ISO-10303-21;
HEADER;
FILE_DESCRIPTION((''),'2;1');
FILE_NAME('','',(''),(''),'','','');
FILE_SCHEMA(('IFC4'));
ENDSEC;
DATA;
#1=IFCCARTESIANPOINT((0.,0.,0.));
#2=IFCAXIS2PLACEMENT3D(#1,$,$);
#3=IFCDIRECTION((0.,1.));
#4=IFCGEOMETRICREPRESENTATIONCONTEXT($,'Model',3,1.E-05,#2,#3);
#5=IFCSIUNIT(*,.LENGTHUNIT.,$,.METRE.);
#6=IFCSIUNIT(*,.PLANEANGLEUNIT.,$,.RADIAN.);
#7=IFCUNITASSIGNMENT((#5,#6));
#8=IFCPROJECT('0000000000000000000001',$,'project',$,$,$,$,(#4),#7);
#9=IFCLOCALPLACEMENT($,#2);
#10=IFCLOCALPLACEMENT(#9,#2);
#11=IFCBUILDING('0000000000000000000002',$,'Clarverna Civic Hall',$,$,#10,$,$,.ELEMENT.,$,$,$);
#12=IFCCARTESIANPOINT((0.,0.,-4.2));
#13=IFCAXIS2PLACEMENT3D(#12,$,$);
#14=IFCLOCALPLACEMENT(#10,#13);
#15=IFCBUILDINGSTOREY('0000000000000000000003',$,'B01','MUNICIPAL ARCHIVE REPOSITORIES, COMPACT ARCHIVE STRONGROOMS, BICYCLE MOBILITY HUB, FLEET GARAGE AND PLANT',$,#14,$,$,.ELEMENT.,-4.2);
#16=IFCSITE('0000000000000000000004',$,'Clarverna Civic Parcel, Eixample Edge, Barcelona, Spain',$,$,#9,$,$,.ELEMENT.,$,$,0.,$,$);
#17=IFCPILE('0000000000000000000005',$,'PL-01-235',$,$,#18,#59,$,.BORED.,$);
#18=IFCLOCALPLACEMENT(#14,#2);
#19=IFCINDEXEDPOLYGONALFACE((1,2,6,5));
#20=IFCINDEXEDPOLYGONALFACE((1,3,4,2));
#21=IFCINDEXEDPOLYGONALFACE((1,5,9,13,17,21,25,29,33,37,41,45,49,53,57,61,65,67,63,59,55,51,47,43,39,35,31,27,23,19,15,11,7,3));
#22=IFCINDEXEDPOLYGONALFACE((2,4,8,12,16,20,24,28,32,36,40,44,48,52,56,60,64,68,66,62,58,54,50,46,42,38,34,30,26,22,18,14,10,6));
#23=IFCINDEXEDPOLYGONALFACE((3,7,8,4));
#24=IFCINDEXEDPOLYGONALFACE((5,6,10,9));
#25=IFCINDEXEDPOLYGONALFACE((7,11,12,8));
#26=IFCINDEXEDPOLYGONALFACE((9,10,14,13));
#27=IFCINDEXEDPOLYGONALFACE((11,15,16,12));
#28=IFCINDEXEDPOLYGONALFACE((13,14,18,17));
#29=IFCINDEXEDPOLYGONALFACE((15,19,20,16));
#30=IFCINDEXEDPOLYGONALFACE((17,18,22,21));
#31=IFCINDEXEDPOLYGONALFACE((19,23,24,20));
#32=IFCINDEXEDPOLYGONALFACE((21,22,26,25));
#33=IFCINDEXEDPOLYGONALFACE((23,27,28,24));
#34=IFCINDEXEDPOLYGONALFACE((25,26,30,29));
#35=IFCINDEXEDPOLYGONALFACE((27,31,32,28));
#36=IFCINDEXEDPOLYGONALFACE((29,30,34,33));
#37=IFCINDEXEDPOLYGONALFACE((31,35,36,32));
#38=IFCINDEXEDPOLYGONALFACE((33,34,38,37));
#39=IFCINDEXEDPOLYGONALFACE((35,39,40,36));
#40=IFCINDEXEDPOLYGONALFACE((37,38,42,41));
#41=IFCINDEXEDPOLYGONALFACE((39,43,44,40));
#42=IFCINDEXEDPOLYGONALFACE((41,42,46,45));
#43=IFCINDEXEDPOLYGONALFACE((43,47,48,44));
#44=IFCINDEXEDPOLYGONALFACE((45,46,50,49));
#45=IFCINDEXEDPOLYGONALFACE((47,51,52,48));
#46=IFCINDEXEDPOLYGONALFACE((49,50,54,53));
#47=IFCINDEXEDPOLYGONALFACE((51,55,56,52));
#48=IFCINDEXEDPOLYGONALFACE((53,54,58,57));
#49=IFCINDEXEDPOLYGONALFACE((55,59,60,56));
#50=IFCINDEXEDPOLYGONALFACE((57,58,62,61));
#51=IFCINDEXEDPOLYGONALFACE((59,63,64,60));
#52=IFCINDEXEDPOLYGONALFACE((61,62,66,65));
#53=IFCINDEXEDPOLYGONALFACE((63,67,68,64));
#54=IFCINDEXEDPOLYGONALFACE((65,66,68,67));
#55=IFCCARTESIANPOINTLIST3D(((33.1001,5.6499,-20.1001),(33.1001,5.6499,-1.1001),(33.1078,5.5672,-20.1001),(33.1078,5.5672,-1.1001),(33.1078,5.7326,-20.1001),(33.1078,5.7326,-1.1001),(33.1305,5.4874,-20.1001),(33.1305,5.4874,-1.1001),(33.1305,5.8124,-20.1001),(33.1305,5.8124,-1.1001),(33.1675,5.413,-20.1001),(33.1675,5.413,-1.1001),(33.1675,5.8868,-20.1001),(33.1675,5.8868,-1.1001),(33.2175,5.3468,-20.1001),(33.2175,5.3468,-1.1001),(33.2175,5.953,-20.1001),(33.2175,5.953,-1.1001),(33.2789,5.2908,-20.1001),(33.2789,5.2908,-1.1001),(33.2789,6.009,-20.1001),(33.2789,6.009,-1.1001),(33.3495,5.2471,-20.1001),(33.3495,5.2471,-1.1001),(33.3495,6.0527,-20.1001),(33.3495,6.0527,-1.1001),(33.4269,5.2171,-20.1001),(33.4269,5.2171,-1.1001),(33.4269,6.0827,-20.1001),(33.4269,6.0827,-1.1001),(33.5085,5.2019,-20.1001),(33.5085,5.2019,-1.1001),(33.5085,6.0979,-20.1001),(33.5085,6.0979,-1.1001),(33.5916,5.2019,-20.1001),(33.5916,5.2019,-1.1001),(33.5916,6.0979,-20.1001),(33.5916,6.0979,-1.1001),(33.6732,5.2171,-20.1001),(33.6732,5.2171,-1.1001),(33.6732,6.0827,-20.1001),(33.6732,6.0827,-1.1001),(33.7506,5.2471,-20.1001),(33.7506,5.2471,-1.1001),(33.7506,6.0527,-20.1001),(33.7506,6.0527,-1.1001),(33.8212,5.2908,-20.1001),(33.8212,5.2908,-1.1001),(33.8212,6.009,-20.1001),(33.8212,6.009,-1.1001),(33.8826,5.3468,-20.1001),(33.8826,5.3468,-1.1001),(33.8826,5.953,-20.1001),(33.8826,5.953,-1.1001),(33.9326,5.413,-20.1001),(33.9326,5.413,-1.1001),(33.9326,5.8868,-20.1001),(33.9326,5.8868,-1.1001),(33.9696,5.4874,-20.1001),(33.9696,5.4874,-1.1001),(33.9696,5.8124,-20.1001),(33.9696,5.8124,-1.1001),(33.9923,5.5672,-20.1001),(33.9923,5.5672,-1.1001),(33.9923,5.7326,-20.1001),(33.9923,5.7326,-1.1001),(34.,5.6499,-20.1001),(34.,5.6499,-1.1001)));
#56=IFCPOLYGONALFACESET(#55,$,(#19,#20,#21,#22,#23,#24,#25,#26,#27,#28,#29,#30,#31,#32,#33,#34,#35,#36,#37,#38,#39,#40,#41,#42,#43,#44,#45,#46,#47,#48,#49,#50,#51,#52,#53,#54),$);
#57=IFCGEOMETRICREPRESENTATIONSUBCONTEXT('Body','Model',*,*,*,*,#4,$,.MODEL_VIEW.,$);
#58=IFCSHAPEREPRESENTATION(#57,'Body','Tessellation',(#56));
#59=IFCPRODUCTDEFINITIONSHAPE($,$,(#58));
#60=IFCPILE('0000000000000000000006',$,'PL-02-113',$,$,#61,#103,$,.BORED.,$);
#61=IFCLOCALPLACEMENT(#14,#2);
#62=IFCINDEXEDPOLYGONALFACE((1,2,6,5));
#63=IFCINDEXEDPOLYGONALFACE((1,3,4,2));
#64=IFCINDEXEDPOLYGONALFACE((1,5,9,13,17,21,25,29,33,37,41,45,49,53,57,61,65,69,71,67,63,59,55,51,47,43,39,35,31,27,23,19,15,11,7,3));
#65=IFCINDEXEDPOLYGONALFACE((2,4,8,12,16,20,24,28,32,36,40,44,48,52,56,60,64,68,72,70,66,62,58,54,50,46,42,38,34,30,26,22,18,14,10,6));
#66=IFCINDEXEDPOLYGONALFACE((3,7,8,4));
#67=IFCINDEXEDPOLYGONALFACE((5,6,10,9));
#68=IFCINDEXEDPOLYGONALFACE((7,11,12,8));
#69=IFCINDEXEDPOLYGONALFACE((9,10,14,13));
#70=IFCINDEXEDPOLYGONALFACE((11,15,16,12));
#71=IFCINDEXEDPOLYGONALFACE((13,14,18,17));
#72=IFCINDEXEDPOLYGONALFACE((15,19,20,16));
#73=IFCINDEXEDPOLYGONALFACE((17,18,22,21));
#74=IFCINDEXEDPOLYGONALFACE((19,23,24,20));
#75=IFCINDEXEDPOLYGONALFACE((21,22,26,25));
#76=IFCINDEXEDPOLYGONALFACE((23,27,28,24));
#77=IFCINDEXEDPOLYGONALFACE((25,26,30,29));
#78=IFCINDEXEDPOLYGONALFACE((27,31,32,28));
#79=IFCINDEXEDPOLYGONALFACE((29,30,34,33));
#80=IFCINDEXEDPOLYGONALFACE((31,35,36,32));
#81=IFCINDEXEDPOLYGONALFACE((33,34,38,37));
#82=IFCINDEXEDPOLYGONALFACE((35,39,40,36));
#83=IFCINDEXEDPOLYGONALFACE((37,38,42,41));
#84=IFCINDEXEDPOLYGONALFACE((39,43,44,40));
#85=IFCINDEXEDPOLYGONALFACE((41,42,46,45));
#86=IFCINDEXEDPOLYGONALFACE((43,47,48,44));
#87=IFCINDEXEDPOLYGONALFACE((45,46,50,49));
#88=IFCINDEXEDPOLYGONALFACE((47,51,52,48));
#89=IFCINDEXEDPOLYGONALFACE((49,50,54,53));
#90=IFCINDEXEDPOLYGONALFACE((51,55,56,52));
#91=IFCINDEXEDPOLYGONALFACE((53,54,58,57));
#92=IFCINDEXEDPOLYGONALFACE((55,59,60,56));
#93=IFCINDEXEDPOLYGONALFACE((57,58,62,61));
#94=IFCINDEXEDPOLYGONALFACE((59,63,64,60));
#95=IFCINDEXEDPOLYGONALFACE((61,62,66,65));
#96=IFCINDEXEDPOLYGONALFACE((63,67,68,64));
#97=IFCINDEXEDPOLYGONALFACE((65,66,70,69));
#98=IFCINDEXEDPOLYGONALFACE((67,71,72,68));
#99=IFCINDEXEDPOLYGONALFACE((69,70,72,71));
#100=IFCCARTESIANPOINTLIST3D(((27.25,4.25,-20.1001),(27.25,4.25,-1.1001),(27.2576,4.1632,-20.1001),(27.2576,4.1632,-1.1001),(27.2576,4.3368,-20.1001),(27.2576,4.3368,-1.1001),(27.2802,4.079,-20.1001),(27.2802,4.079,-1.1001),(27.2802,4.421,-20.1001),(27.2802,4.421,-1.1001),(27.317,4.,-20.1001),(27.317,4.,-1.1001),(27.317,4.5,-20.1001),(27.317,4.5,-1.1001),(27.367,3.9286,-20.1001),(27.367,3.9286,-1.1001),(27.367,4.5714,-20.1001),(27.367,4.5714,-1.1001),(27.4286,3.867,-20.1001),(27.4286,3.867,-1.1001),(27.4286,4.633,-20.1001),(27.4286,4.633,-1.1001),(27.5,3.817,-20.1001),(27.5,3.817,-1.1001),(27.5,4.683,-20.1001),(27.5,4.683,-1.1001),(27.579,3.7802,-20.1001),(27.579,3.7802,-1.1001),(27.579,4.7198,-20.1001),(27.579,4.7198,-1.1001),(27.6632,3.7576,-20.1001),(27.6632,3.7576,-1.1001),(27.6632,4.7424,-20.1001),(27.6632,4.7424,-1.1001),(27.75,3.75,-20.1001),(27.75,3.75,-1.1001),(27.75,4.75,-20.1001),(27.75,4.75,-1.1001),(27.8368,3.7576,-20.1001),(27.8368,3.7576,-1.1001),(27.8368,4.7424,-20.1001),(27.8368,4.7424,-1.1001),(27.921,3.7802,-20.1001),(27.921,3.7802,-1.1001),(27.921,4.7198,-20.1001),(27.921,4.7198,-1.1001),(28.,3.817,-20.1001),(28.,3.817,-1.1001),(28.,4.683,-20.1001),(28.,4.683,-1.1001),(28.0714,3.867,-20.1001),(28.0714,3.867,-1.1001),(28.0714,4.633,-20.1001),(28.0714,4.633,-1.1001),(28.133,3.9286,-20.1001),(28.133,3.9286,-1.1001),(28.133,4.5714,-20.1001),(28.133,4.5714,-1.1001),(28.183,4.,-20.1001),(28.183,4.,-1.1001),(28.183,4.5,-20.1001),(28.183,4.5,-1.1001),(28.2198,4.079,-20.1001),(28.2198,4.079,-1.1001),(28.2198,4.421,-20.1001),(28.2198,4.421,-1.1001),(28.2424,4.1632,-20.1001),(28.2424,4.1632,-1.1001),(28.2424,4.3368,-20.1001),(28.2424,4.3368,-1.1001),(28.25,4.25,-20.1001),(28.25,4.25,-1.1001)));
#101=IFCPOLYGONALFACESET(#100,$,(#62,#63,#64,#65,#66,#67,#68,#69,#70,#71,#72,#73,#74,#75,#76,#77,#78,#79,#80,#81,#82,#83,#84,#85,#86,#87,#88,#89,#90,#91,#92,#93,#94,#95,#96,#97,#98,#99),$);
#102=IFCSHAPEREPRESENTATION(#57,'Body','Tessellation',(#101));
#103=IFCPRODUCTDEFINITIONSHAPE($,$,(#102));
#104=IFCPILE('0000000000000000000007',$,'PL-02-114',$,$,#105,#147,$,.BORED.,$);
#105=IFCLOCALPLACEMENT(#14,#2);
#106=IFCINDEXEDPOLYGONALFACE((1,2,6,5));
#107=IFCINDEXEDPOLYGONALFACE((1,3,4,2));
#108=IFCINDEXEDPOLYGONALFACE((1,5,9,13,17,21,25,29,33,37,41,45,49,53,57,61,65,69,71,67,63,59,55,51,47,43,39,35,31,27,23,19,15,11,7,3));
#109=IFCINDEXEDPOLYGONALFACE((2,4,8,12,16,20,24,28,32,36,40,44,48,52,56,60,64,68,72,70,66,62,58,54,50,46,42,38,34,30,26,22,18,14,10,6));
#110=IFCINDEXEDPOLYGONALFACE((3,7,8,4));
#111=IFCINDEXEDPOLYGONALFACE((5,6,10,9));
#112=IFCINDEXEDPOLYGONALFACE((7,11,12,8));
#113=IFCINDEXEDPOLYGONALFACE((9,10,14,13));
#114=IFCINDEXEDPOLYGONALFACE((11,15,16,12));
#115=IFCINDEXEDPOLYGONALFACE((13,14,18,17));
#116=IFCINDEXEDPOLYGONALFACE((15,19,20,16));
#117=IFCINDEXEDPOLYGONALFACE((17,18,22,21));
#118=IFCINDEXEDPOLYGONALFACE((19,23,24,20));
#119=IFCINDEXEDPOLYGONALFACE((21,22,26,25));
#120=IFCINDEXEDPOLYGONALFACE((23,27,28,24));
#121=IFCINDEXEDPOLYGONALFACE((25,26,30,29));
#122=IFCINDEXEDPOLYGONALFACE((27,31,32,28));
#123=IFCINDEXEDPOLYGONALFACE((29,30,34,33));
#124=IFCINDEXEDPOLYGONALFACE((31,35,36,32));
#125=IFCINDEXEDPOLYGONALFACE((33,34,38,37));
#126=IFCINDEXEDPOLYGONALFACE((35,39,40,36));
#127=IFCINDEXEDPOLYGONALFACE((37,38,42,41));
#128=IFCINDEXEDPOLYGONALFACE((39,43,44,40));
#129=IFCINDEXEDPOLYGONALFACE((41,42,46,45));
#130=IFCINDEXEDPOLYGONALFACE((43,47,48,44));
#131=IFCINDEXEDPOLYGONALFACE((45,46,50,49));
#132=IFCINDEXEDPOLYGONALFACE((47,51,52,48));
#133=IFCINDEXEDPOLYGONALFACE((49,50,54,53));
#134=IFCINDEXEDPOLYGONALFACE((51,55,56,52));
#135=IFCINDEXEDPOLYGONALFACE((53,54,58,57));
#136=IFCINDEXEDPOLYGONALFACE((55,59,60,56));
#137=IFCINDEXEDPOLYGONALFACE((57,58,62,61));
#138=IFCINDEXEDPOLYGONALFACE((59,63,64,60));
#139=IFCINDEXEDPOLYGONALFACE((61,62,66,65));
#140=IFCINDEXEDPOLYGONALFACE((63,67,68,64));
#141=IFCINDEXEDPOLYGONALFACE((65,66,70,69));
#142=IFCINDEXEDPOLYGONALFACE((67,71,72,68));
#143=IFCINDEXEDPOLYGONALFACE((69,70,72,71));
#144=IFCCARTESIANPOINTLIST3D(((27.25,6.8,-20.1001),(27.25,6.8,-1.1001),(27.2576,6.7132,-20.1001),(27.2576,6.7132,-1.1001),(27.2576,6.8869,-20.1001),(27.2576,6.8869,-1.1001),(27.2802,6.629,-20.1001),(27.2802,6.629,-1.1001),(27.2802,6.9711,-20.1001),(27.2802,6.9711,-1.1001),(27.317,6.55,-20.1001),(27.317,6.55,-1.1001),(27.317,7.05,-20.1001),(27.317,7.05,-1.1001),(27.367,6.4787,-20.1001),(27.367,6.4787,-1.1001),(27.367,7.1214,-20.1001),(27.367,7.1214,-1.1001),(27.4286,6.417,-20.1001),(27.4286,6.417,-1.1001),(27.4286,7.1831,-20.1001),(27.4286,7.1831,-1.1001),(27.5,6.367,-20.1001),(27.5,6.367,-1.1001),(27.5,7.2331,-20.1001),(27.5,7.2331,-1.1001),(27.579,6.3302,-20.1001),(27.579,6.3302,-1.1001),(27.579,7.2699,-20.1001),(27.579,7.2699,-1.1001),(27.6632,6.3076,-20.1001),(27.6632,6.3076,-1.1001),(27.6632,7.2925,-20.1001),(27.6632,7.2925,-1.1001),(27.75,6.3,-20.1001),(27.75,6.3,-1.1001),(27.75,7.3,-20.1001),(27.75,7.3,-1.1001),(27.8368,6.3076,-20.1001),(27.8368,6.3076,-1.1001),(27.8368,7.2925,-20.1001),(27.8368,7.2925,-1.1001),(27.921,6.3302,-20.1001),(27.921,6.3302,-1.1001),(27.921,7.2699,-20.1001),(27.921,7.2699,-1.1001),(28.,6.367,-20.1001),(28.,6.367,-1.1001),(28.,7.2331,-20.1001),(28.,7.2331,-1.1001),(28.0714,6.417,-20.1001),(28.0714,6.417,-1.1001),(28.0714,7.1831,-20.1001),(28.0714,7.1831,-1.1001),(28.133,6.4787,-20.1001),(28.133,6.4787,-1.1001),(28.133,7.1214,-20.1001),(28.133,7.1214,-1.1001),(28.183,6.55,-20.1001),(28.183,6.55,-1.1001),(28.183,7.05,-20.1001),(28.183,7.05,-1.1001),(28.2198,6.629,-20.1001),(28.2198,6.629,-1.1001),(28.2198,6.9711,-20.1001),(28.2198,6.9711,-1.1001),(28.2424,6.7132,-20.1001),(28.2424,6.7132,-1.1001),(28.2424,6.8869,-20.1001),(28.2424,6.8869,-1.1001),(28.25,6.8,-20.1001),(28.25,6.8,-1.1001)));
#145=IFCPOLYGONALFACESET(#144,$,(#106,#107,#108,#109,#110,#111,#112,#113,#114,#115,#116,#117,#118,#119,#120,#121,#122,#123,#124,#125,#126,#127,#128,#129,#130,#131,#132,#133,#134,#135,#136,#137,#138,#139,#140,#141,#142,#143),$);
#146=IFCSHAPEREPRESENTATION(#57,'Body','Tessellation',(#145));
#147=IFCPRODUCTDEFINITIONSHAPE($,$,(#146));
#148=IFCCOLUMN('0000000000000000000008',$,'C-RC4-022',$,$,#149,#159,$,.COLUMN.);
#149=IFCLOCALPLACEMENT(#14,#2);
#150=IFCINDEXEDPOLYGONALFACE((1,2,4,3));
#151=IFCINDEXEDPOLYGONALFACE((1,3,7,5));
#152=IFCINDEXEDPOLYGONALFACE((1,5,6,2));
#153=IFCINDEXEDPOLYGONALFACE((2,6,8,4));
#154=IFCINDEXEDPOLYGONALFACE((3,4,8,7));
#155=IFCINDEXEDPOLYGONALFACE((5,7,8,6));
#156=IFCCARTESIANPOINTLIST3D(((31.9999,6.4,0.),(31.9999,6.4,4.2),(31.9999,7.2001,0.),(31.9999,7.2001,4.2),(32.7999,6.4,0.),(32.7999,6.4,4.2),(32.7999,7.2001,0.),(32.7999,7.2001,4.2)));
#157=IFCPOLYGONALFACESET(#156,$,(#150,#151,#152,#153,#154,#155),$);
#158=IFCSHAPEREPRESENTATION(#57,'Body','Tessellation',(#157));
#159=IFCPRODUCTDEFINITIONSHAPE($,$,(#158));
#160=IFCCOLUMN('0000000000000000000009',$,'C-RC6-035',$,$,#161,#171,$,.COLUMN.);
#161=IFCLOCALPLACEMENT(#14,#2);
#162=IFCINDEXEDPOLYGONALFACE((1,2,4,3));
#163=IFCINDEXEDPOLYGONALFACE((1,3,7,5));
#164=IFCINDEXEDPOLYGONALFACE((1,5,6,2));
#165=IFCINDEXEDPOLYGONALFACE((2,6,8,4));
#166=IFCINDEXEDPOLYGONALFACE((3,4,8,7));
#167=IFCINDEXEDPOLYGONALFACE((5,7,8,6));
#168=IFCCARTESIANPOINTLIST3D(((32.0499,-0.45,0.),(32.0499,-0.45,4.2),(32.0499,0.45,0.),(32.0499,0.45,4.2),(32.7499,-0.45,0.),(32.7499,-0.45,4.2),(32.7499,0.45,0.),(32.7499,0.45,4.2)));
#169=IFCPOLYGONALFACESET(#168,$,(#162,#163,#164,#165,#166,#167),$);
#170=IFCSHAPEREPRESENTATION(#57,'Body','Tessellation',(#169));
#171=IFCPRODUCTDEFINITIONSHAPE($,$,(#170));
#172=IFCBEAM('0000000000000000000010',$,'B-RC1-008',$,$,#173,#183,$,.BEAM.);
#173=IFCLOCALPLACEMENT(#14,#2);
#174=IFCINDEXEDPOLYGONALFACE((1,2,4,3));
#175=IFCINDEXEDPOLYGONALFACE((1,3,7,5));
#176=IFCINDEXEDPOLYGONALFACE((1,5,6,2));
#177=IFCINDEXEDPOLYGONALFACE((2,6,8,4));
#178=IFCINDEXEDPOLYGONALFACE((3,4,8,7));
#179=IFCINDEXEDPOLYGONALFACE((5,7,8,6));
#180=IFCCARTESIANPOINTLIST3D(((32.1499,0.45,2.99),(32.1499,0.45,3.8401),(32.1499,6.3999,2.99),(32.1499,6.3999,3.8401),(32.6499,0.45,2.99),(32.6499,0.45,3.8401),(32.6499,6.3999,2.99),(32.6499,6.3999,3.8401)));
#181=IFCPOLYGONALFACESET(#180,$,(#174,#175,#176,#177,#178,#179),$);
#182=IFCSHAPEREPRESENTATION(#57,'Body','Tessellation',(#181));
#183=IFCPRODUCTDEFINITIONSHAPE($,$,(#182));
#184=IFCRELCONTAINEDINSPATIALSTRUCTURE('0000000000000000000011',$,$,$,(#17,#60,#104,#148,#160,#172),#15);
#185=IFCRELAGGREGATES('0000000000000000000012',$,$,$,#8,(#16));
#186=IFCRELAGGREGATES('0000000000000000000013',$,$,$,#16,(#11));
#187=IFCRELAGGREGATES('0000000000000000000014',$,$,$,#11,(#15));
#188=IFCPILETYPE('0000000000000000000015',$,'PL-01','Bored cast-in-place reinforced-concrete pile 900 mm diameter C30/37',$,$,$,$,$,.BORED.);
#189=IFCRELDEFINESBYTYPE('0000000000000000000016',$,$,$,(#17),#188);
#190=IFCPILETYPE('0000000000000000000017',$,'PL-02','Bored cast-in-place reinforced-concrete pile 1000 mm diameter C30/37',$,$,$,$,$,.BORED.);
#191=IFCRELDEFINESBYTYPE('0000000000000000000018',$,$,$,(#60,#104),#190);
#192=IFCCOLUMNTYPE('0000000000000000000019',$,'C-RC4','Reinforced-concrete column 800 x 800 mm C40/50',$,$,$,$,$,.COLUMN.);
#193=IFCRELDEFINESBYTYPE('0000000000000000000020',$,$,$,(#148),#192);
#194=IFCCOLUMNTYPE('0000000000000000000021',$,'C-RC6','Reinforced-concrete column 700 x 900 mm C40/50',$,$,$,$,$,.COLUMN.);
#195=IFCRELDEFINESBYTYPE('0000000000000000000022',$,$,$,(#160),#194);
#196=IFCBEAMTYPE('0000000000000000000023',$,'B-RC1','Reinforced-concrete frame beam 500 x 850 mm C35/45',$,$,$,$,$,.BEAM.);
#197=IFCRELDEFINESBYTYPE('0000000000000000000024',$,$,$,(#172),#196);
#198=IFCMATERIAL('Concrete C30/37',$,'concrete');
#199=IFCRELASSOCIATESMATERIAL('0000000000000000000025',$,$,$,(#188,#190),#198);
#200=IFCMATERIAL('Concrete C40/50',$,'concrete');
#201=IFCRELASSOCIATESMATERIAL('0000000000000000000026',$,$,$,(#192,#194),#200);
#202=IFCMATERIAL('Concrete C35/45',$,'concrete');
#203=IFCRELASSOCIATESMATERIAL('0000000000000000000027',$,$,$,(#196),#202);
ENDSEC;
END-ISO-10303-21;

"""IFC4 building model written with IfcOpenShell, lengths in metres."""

from ifc_helpers import new_model, si_unit, direction, frame, origin, origin_2d, place, context, subcontext, project, spatial, rectangle, circle, extrude, material, material_profile, profile_set, type_object, element, save


model = new_model("IFC4")

# Units and contexts
model_context = context("Model", 3, precision=1e-05, world=origin(), true_north=direction((0.0, 1.0)))
body_context = subcontext(model_context, "Body", "Model", "MODEL_VIEW")
ifc_project = project(units=[si_unit("LENGTHUNIT", "METRE"), si_unit("PLANEANGLEUNIT", "RADIAN")], contexts=[model_context])

# Site, building, storey
site_placement = place(None, origin())
site = spatial("IfcSite", under=ifc_project, at=site_placement, Name="Clarverna Civic Parcel, Eixample Edge, Barcelona, Spain", CompositionType="ELEMENT", RefElevation=0.0)
building_placement = place(site_placement, origin())
building = spatial("IfcBuilding", under=site, at=building_placement, Name="Clarverna Civic Hall", CompositionType="ELEMENT")
storey_placement = place(building_placement, frame((0.0, 0.0, -4.2)))
storey = spatial("IfcBuildingStorey", under=building, at=storey_placement, Name="B01", Description="MUNICIPAL ARCHIVE REPOSITORIES, COMPACT ARCHIVE STRONGROOMS, BICYCLE MOBILITY HUB, FLEET GARAGE AND PLANT", CompositionType="ELEMENT", Elevation=-4.2)

# Shared definitions
ifc_material_1 = material(Name="Concrete C30/37", Category="concrete")

# Piles
ifc_material_profile_1 = material_profile(ifc_material_1, circle(Radius=0.45, at=origin_2d()), Name="BORED PILE D900")
ifc_profile_set_1 = profile_set([ifc_material_profile_1], Name="Concrete C30/37")
pile_type_1 = type_object("IfcPileType", Name="PL-01", Description="Bored cast-in-place reinforced-concrete pile 900 mm diameter C30/37", PredefinedType="BORED", material=ifc_profile_set_1)
for number, where, z_axis, x_axis, name in (
    (1, (33.55, 5.6499, -1.1001), (0.0, 0.0, -1.0), (1.0, 0.0, 0.0), "PL-01-235"),
):
    element("IfcPile", number, at=place(storey_placement, frame(where, z_axis=z_axis, x_axis=x_axis)), inside=storey, type_object=pile_type_1, Name=name, PredefinedType="BORED", context=body_context, shape_type="SweptSolid", body=[
        extrude(circle(Radius=0.45, at=origin_2d()), origin(), (0.0, 0.0, 1.0), 19.0),
    ])
ifc_material_profile_2 = material_profile(ifc_material_1, circle(Radius=0.5, at=origin_2d()), Name="BORED PILE D1000")
ifc_profile_set_2 = profile_set([ifc_material_profile_2], Name="Concrete C30/37")
pile_type_2 = type_object("IfcPileType", Name="PL-02", Description="Bored cast-in-place reinforced-concrete pile 1000 mm diameter C30/37", PredefinedType="BORED", material=ifc_profile_set_2)
for number, where, z_axis, x_axis, name in (
    (2, (27.75, 4.25, -1.1001), (0.0, 0.0, -1.0), (1.0, 0.0, 0.0), "PL-02-113"),
    (3, (27.75, 6.8, -1.1001), (0.0, 0.0, -1.0), (1.0, 0.0, 0.0), "PL-02-114"),
):
    element("IfcPile", number, at=place(storey_placement, frame(where, z_axis=z_axis, x_axis=x_axis)), inside=storey, type_object=pile_type_2, Name=name, PredefinedType="BORED", context=body_context, shape_type="SweptSolid", body=[
        extrude(circle(Radius=0.5, at=origin_2d()), origin(), (0.0, 0.0, 1.0), 19.0),
    ])

# Columns
ifc_material_2 = material(Name="Concrete C40/50", Category="concrete")
ifc_material_profile_3 = material_profile(ifc_material_2, rectangle(XDim=0.8, YDim=0.8, at=origin_2d()), Name="RC 800x800")
ifc_profile_set_3 = profile_set([ifc_material_profile_3], Name="Concrete C40/50")
column_type_1 = type_object("IfcColumnType", Name="C-RC4", Description="Reinforced-concrete column 800 x 800 mm C40/50", PredefinedType="COLUMN", material=ifc_profile_set_3)
column_1_placement = place(storey_placement, frame((32.3999, 6.8, 0.0), z_axis=(0.0, 0.0, 1.0), x_axis=(1.0, 0.0, 0.0)))
element("IfcColumn", 4, at=column_1_placement, inside=storey, type_object=column_type_1, Name="C-RC4-022", PredefinedType="COLUMN", context=body_context, shape_type="SweptSolid", body=[
    extrude(rectangle(XDim=0.8, YDim=0.8, at=origin_2d()), origin(), (0.0, 0.0, 1.0), 4.2),
])
ifc_material_profile_4 = material_profile(ifc_material_2, rectangle(XDim=0.7, YDim=0.8999, at=origin_2d()), Name="RC 700x900")
ifc_profile_set_4 = profile_set([ifc_material_profile_4], Name="Concrete C40/50")
column_type_2 = type_object("IfcColumnType", Name="C-RC6", Description="Reinforced-concrete column 700 x 900 mm C40/50", PredefinedType="COLUMN", material=ifc_profile_set_4)
column_2_placement = place(storey_placement, frame((32.3999, 0.0, 0.0), z_axis=(0.0, 0.0, 1.0), x_axis=(1.0, 0.0, 0.0)))
element("IfcColumn", 5, at=column_2_placement, inside=storey, type_object=column_type_2, Name="C-RC6-035", PredefinedType="COLUMN", context=body_context, shape_type="SweptSolid", body=[
    extrude(rectangle(XDim=0.7, YDim=0.8999, at=origin_2d()), origin(), (0.0, 0.0, 1.0), 4.2),
])

# Beam
ifc_material_3 = material(Name="Concrete C35/45", Category="concrete")
ifc_material_profile_5 = material_profile(ifc_material_3, rectangle(XDim=0.5, YDim=0.8501, at=origin_2d()), Name="RC 500x850")
ifc_profile_set_5 = profile_set([ifc_material_profile_5], Name="Concrete C35/45")
beam_type_1 = type_object("IfcBeamType", Name="B-RC1", Description="Reinforced-concrete frame beam 500 x 850 mm C35/45", PredefinedType="BEAM", material=ifc_profile_set_5)
beam_1_placement = place(storey_placement, frame((32.3999, 0.45, 3.415), z_axis=(0.0, 1.0, 0.0), x_axis=(-1.0, 0.0, 0.0)))
element("IfcBeam", 6, at=beam_1_placement, inside=storey, type_object=beam_type_1, Name="B-RC1-008", PredefinedType="BEAM", context=body_context, shape_type="SweptSolid", body=[
    extrude(rectangle(XDim=0.5, YDim=0.8501, at=origin_2d()), origin(), (0.0, 0.0, 1.0), 5.95),
])

save(model, "model.ifc")
